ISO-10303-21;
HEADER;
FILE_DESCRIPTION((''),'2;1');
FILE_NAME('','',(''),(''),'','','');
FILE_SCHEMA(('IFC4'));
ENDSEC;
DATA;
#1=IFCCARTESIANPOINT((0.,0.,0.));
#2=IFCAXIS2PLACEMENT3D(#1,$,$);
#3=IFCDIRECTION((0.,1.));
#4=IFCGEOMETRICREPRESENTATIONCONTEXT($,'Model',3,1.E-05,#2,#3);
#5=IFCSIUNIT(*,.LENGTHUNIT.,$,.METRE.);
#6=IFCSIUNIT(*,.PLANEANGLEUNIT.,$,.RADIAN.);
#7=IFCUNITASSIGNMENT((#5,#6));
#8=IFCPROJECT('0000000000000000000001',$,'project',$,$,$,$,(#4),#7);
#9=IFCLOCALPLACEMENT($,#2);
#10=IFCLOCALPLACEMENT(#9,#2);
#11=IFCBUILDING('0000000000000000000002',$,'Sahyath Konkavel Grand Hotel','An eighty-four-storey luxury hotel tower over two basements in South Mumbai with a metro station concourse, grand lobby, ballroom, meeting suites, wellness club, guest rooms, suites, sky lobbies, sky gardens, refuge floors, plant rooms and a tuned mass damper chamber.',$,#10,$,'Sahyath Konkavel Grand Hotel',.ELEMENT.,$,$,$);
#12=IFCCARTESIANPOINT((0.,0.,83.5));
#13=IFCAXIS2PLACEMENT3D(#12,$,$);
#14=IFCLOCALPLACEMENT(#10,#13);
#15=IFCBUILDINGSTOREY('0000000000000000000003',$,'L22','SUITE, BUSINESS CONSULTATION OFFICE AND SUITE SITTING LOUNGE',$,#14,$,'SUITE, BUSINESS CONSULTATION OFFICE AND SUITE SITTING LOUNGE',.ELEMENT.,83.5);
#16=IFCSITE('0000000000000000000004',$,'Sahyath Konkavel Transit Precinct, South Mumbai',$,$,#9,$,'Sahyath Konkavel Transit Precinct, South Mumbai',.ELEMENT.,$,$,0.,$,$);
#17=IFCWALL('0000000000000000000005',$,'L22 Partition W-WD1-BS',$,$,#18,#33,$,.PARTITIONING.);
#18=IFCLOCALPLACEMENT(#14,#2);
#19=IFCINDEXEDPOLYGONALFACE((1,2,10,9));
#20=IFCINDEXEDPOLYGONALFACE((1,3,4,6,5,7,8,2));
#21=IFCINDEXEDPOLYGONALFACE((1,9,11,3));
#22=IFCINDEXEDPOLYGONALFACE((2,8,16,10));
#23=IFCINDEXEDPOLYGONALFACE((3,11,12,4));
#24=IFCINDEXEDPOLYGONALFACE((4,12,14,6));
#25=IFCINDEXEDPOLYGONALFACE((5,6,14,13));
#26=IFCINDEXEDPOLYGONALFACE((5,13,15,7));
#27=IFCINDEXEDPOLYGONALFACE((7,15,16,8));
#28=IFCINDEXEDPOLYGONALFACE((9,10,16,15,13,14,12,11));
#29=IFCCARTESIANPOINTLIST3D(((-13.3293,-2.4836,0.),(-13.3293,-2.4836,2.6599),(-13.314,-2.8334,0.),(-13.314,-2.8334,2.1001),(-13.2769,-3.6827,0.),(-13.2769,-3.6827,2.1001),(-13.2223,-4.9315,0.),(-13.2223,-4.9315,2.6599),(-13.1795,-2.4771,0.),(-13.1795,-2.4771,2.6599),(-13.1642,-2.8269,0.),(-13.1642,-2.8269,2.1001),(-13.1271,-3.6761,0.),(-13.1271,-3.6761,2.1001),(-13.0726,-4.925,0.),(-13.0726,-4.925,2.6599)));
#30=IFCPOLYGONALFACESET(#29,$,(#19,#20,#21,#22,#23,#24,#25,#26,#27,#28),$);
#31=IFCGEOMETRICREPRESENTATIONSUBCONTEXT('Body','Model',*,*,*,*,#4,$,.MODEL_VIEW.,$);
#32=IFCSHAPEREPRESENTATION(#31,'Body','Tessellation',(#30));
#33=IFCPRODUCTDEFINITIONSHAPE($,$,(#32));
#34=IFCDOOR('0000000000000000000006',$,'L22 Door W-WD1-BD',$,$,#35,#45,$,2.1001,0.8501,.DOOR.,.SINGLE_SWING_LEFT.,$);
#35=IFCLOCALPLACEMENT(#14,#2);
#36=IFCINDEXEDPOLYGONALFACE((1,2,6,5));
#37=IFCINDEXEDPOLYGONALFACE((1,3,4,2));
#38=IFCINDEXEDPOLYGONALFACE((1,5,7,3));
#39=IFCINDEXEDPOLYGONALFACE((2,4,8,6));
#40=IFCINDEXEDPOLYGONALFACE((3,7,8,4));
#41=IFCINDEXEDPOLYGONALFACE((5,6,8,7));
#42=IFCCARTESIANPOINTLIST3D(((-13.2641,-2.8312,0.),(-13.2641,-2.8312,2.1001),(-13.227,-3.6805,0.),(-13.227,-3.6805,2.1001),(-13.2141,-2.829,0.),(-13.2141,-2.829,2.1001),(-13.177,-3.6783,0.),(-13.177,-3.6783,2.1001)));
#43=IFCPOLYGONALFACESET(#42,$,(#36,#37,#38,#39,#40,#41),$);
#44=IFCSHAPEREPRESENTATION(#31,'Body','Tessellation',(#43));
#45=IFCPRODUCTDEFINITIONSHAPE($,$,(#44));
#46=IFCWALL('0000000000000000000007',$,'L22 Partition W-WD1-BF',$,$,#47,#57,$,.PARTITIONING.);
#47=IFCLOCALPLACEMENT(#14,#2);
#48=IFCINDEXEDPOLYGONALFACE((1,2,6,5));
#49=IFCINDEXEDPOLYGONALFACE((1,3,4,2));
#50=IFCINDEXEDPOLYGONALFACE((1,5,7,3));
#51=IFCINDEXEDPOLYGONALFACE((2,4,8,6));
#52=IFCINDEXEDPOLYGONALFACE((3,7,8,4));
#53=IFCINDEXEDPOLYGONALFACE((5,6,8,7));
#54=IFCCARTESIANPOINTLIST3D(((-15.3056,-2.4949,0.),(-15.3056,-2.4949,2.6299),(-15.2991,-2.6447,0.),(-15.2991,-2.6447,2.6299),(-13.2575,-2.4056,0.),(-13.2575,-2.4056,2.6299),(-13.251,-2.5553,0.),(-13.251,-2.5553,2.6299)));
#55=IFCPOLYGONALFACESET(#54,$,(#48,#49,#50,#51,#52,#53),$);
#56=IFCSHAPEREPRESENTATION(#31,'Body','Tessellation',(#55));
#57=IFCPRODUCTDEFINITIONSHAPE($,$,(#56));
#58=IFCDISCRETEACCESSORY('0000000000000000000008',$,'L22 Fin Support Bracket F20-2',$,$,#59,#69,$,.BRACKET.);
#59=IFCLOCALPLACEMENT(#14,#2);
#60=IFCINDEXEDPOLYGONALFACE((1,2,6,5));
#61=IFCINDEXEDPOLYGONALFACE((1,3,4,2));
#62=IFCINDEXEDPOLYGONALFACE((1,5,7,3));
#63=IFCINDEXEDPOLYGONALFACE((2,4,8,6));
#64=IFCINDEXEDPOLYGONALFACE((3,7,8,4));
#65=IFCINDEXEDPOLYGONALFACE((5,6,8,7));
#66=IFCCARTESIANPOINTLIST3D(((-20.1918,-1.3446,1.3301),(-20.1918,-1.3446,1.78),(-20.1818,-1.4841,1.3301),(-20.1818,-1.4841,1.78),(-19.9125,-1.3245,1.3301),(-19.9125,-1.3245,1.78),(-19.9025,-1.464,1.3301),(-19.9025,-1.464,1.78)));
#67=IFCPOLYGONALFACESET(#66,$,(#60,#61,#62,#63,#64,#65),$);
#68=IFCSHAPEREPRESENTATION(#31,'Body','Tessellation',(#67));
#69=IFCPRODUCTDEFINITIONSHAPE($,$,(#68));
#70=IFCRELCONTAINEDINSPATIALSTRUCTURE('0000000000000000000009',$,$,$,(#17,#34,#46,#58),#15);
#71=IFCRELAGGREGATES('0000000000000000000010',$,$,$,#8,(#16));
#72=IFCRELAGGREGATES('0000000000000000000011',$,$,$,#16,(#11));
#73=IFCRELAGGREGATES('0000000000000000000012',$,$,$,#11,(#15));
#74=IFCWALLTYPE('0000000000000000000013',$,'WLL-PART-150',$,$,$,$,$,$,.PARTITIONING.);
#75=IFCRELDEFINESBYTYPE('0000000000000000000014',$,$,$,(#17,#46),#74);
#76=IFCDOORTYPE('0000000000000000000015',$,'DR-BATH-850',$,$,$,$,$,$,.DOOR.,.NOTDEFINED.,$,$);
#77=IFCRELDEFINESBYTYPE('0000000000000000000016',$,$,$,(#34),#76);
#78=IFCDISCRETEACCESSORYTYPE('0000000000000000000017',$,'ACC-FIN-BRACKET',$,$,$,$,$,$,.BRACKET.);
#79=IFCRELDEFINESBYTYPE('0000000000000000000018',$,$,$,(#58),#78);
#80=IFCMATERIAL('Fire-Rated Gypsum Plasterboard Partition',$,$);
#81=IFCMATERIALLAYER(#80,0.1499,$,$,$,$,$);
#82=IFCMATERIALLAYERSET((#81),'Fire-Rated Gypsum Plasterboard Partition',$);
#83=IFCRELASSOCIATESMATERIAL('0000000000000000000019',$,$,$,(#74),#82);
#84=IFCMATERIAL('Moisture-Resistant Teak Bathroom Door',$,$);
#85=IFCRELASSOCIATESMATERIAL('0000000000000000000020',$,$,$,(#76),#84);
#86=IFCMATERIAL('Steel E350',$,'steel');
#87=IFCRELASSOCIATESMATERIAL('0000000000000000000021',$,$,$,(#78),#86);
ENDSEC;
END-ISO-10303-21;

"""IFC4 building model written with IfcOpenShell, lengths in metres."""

from ifc_helpers import new_model, si_unit, direction, frame, frame_2d, origin, origin_2d, place, context, subcontext, project, spatial, rectangle, extrude, source, transform, mapped, material, layer, layer_set, type_object, element, fill, save


model = new_model("IFC4")

# Units and contexts
model_context = context("Model", 3, precision=1e-05, world=origin(), true_north=direction((0.0, 1.0)))
body_context = subcontext(model_context, "Body", "Model", "MODEL_VIEW")
ifc_project = project(units=[si_unit("LENGTHUNIT", "METRE"), si_unit("PLANEANGLEUNIT", "RADIAN")], contexts=[model_context])

# Site, building, storey
site_placement = place(None, origin())
site = spatial("IfcSite", under=ifc_project, at=site_placement, Name="Sahyath Konkavel Transit Precinct, South Mumbai", LongName="Sahyath Konkavel Transit Precinct, South Mumbai", CompositionType="ELEMENT", RefElevation=0.0)
building_placement = place(site_placement, origin())
building = spatial("IfcBuilding", under=site, at=building_placement, Name="Sahyath Konkavel Grand Hotel", Description="An eighty-four-storey luxury hotel tower over two basements in South Mumbai with a metro station concourse, grand lobby, ballroom, meeting suites, wellness club, guest rooms, suites, sky lobbies, sky gardens, refuge floors, plant rooms and a tuned mass damper chamber.", LongName="Sahyath Konkavel Grand Hotel", CompositionType="ELEMENT")
storey_placement = place(building_placement, frame((0.0, 0.0, 83.5)))
storey = spatial("IfcBuildingStorey", under=building, at=storey_placement, Name="L22", Description="SUITE, BUSINESS CONSULTATION OFFICE AND SUITE SITTING LOUNGE", LongName="SUITE, BUSINESS CONSULTATION OFFICE AND SUITE SITTING LOUNGE", CompositionType="ELEMENT", Elevation=83.5)

# Shared definitions
ifc_material_1 = material(Name="Steel E350", Category="steel")

# Wall, opening, door
ifc_material_2 = material(Name="Fire-Rated Gypsum Plasterboard Partition")
ifc_layer_1 = layer(ifc_material_2, 0.1499)
ifc_layer_set_1 = layer_set([ifc_layer_1], Name="Fire-Rated Gypsum Plasterboard Partition")
wall_type_1 = type_object("IfcWallType", Name="WLL-PART-150", PredefinedType="PARTITIONING", material=ifc_layer_set_1)
wall_1_placement = place(storey_placement, frame((-13.1475, -4.9282, 0.0), z_axis=(0.0, 0.0, 1.0), x_axis=(-0.043645, 0.999047, 0.0)))
wall_1 = element("IfcWall", 1, at=wall_1_placement, inside=storey, type_object=wall_type_1, Name="L22 Partition W-WD1-BS", PredefinedType="PARTITIONING", context=body_context, shape_type="SweptSolid", body=[
    extrude(rectangle(XDim=2.4502, YDim=0.1499, at=frame_2d((1.2251, 0.0))), origin(), (0.0, 0.0, 1.0), 2.6599),
])
opening_placement = place(wall_1_placement, frame((1.25, 0.0, 0.0)))
opening = element("IfcOpeningElement", 2, at=opening_placement, cuts=wall_1, PredefinedType="OPENING", context=body_context, shape_type="SweptSolid", body=[
    extrude(rectangle(XDim=0.8501, YDim=2.1001, at=frame_2d((0.425, 1.05))), frame((0.0, 0.085, 0.0), z_axis=(0.0, -1.0, 0.0), x_axis=(1.0, 0.0, 0.0)), (0.0, 0.0, 1.0), 0.1699),
])
ifc_material_3 = material(Name="Moisture-Resistant Teak Bathroom Door")
door_type = type_object("IfcDoorType", Name="DR-BATH-850", OperationType="NOTDEFINED", PredefinedType="DOOR", material=ifc_material_3)
shared_shape_1 = source(origin(), body_context, "Body", "SweptSolid", [
    extrude(rectangle(XDim=0.8501, YDim=0.05, at=origin_2d()), origin(), (0.0, 0.0, 1.0), 2.1001),
])
door_placement = place(opening_placement, frame((0.425, 0.0, 0.0)))
door = element("IfcDoor", 3, at=door_placement, inside=storey, type_object=door_type, Name="L22 Door W-WD1-BD", OperationType="SINGLE_SWING_LEFT", OverallHeight=2.1001, OverallWidth=0.8501, PredefinedType="DOOR", context=body_context, shape_type="MappedRepresentation", body=[
    mapped(shared_shape_1, transform((0.0, 0.0, 0.0), scale=1.0)),
])
fill(opening, door)

# Wall
wall_2_placement = place(storey_placement, frame((-13.2544, -2.4805, 0.0), z_axis=(0.0, 0.0, 1.0), x_axis=(-0.99905, -0.043587, 0.0)))
element("IfcWall", 4, at=wall_2_placement, inside=storey, type_object=wall_type_1, Name="L22 Partition W-WD1-BF", PredefinedType="PARTITIONING", context=body_context, shape_type="SweptSolid", body=[
    extrude(rectangle(XDim=2.05, YDim=0.1499, at=frame_2d((1.0249, 0.0))), origin(), (0.0, 0.0, 1.0), 2.6299),
])

# Discrete accessory
discrete_accessory_type = type_object("IfcDiscreteAccessoryType", Name="ACC-FIN-BRACKET", PredefinedType="BRACKET", material=ifc_material_1)
shared_shape_2 = source(origin(), body_context, "Body", "SweptSolid", [
    extrude(rectangle(XDim=0.28, YDim=0.1399, at=origin_2d()), origin(), (0.0, 0.0, 1.0), 0.45),
])
discrete_accessory_placement = place(storey_placement, frame((-20.0471, -1.4043, 1.3301), z_axis=(0.0, 0.0, 1.0), x_axis=(-0.997436, -0.071567, 0.0)))
element("IfcDiscreteAccessory", 5, at=discrete_accessory_placement, inside=storey, type_object=discrete_accessory_type, Name="L22 Fin Support Bracket F20-2", PredefinedType="BRACKET", context=body_context, shape_type="MappedRepresentation", body=[
    mapped(shared_shape_2, transform((0.0, 0.0, 0.0), scale=1.0)),
])

save(model, "model.ifc")
